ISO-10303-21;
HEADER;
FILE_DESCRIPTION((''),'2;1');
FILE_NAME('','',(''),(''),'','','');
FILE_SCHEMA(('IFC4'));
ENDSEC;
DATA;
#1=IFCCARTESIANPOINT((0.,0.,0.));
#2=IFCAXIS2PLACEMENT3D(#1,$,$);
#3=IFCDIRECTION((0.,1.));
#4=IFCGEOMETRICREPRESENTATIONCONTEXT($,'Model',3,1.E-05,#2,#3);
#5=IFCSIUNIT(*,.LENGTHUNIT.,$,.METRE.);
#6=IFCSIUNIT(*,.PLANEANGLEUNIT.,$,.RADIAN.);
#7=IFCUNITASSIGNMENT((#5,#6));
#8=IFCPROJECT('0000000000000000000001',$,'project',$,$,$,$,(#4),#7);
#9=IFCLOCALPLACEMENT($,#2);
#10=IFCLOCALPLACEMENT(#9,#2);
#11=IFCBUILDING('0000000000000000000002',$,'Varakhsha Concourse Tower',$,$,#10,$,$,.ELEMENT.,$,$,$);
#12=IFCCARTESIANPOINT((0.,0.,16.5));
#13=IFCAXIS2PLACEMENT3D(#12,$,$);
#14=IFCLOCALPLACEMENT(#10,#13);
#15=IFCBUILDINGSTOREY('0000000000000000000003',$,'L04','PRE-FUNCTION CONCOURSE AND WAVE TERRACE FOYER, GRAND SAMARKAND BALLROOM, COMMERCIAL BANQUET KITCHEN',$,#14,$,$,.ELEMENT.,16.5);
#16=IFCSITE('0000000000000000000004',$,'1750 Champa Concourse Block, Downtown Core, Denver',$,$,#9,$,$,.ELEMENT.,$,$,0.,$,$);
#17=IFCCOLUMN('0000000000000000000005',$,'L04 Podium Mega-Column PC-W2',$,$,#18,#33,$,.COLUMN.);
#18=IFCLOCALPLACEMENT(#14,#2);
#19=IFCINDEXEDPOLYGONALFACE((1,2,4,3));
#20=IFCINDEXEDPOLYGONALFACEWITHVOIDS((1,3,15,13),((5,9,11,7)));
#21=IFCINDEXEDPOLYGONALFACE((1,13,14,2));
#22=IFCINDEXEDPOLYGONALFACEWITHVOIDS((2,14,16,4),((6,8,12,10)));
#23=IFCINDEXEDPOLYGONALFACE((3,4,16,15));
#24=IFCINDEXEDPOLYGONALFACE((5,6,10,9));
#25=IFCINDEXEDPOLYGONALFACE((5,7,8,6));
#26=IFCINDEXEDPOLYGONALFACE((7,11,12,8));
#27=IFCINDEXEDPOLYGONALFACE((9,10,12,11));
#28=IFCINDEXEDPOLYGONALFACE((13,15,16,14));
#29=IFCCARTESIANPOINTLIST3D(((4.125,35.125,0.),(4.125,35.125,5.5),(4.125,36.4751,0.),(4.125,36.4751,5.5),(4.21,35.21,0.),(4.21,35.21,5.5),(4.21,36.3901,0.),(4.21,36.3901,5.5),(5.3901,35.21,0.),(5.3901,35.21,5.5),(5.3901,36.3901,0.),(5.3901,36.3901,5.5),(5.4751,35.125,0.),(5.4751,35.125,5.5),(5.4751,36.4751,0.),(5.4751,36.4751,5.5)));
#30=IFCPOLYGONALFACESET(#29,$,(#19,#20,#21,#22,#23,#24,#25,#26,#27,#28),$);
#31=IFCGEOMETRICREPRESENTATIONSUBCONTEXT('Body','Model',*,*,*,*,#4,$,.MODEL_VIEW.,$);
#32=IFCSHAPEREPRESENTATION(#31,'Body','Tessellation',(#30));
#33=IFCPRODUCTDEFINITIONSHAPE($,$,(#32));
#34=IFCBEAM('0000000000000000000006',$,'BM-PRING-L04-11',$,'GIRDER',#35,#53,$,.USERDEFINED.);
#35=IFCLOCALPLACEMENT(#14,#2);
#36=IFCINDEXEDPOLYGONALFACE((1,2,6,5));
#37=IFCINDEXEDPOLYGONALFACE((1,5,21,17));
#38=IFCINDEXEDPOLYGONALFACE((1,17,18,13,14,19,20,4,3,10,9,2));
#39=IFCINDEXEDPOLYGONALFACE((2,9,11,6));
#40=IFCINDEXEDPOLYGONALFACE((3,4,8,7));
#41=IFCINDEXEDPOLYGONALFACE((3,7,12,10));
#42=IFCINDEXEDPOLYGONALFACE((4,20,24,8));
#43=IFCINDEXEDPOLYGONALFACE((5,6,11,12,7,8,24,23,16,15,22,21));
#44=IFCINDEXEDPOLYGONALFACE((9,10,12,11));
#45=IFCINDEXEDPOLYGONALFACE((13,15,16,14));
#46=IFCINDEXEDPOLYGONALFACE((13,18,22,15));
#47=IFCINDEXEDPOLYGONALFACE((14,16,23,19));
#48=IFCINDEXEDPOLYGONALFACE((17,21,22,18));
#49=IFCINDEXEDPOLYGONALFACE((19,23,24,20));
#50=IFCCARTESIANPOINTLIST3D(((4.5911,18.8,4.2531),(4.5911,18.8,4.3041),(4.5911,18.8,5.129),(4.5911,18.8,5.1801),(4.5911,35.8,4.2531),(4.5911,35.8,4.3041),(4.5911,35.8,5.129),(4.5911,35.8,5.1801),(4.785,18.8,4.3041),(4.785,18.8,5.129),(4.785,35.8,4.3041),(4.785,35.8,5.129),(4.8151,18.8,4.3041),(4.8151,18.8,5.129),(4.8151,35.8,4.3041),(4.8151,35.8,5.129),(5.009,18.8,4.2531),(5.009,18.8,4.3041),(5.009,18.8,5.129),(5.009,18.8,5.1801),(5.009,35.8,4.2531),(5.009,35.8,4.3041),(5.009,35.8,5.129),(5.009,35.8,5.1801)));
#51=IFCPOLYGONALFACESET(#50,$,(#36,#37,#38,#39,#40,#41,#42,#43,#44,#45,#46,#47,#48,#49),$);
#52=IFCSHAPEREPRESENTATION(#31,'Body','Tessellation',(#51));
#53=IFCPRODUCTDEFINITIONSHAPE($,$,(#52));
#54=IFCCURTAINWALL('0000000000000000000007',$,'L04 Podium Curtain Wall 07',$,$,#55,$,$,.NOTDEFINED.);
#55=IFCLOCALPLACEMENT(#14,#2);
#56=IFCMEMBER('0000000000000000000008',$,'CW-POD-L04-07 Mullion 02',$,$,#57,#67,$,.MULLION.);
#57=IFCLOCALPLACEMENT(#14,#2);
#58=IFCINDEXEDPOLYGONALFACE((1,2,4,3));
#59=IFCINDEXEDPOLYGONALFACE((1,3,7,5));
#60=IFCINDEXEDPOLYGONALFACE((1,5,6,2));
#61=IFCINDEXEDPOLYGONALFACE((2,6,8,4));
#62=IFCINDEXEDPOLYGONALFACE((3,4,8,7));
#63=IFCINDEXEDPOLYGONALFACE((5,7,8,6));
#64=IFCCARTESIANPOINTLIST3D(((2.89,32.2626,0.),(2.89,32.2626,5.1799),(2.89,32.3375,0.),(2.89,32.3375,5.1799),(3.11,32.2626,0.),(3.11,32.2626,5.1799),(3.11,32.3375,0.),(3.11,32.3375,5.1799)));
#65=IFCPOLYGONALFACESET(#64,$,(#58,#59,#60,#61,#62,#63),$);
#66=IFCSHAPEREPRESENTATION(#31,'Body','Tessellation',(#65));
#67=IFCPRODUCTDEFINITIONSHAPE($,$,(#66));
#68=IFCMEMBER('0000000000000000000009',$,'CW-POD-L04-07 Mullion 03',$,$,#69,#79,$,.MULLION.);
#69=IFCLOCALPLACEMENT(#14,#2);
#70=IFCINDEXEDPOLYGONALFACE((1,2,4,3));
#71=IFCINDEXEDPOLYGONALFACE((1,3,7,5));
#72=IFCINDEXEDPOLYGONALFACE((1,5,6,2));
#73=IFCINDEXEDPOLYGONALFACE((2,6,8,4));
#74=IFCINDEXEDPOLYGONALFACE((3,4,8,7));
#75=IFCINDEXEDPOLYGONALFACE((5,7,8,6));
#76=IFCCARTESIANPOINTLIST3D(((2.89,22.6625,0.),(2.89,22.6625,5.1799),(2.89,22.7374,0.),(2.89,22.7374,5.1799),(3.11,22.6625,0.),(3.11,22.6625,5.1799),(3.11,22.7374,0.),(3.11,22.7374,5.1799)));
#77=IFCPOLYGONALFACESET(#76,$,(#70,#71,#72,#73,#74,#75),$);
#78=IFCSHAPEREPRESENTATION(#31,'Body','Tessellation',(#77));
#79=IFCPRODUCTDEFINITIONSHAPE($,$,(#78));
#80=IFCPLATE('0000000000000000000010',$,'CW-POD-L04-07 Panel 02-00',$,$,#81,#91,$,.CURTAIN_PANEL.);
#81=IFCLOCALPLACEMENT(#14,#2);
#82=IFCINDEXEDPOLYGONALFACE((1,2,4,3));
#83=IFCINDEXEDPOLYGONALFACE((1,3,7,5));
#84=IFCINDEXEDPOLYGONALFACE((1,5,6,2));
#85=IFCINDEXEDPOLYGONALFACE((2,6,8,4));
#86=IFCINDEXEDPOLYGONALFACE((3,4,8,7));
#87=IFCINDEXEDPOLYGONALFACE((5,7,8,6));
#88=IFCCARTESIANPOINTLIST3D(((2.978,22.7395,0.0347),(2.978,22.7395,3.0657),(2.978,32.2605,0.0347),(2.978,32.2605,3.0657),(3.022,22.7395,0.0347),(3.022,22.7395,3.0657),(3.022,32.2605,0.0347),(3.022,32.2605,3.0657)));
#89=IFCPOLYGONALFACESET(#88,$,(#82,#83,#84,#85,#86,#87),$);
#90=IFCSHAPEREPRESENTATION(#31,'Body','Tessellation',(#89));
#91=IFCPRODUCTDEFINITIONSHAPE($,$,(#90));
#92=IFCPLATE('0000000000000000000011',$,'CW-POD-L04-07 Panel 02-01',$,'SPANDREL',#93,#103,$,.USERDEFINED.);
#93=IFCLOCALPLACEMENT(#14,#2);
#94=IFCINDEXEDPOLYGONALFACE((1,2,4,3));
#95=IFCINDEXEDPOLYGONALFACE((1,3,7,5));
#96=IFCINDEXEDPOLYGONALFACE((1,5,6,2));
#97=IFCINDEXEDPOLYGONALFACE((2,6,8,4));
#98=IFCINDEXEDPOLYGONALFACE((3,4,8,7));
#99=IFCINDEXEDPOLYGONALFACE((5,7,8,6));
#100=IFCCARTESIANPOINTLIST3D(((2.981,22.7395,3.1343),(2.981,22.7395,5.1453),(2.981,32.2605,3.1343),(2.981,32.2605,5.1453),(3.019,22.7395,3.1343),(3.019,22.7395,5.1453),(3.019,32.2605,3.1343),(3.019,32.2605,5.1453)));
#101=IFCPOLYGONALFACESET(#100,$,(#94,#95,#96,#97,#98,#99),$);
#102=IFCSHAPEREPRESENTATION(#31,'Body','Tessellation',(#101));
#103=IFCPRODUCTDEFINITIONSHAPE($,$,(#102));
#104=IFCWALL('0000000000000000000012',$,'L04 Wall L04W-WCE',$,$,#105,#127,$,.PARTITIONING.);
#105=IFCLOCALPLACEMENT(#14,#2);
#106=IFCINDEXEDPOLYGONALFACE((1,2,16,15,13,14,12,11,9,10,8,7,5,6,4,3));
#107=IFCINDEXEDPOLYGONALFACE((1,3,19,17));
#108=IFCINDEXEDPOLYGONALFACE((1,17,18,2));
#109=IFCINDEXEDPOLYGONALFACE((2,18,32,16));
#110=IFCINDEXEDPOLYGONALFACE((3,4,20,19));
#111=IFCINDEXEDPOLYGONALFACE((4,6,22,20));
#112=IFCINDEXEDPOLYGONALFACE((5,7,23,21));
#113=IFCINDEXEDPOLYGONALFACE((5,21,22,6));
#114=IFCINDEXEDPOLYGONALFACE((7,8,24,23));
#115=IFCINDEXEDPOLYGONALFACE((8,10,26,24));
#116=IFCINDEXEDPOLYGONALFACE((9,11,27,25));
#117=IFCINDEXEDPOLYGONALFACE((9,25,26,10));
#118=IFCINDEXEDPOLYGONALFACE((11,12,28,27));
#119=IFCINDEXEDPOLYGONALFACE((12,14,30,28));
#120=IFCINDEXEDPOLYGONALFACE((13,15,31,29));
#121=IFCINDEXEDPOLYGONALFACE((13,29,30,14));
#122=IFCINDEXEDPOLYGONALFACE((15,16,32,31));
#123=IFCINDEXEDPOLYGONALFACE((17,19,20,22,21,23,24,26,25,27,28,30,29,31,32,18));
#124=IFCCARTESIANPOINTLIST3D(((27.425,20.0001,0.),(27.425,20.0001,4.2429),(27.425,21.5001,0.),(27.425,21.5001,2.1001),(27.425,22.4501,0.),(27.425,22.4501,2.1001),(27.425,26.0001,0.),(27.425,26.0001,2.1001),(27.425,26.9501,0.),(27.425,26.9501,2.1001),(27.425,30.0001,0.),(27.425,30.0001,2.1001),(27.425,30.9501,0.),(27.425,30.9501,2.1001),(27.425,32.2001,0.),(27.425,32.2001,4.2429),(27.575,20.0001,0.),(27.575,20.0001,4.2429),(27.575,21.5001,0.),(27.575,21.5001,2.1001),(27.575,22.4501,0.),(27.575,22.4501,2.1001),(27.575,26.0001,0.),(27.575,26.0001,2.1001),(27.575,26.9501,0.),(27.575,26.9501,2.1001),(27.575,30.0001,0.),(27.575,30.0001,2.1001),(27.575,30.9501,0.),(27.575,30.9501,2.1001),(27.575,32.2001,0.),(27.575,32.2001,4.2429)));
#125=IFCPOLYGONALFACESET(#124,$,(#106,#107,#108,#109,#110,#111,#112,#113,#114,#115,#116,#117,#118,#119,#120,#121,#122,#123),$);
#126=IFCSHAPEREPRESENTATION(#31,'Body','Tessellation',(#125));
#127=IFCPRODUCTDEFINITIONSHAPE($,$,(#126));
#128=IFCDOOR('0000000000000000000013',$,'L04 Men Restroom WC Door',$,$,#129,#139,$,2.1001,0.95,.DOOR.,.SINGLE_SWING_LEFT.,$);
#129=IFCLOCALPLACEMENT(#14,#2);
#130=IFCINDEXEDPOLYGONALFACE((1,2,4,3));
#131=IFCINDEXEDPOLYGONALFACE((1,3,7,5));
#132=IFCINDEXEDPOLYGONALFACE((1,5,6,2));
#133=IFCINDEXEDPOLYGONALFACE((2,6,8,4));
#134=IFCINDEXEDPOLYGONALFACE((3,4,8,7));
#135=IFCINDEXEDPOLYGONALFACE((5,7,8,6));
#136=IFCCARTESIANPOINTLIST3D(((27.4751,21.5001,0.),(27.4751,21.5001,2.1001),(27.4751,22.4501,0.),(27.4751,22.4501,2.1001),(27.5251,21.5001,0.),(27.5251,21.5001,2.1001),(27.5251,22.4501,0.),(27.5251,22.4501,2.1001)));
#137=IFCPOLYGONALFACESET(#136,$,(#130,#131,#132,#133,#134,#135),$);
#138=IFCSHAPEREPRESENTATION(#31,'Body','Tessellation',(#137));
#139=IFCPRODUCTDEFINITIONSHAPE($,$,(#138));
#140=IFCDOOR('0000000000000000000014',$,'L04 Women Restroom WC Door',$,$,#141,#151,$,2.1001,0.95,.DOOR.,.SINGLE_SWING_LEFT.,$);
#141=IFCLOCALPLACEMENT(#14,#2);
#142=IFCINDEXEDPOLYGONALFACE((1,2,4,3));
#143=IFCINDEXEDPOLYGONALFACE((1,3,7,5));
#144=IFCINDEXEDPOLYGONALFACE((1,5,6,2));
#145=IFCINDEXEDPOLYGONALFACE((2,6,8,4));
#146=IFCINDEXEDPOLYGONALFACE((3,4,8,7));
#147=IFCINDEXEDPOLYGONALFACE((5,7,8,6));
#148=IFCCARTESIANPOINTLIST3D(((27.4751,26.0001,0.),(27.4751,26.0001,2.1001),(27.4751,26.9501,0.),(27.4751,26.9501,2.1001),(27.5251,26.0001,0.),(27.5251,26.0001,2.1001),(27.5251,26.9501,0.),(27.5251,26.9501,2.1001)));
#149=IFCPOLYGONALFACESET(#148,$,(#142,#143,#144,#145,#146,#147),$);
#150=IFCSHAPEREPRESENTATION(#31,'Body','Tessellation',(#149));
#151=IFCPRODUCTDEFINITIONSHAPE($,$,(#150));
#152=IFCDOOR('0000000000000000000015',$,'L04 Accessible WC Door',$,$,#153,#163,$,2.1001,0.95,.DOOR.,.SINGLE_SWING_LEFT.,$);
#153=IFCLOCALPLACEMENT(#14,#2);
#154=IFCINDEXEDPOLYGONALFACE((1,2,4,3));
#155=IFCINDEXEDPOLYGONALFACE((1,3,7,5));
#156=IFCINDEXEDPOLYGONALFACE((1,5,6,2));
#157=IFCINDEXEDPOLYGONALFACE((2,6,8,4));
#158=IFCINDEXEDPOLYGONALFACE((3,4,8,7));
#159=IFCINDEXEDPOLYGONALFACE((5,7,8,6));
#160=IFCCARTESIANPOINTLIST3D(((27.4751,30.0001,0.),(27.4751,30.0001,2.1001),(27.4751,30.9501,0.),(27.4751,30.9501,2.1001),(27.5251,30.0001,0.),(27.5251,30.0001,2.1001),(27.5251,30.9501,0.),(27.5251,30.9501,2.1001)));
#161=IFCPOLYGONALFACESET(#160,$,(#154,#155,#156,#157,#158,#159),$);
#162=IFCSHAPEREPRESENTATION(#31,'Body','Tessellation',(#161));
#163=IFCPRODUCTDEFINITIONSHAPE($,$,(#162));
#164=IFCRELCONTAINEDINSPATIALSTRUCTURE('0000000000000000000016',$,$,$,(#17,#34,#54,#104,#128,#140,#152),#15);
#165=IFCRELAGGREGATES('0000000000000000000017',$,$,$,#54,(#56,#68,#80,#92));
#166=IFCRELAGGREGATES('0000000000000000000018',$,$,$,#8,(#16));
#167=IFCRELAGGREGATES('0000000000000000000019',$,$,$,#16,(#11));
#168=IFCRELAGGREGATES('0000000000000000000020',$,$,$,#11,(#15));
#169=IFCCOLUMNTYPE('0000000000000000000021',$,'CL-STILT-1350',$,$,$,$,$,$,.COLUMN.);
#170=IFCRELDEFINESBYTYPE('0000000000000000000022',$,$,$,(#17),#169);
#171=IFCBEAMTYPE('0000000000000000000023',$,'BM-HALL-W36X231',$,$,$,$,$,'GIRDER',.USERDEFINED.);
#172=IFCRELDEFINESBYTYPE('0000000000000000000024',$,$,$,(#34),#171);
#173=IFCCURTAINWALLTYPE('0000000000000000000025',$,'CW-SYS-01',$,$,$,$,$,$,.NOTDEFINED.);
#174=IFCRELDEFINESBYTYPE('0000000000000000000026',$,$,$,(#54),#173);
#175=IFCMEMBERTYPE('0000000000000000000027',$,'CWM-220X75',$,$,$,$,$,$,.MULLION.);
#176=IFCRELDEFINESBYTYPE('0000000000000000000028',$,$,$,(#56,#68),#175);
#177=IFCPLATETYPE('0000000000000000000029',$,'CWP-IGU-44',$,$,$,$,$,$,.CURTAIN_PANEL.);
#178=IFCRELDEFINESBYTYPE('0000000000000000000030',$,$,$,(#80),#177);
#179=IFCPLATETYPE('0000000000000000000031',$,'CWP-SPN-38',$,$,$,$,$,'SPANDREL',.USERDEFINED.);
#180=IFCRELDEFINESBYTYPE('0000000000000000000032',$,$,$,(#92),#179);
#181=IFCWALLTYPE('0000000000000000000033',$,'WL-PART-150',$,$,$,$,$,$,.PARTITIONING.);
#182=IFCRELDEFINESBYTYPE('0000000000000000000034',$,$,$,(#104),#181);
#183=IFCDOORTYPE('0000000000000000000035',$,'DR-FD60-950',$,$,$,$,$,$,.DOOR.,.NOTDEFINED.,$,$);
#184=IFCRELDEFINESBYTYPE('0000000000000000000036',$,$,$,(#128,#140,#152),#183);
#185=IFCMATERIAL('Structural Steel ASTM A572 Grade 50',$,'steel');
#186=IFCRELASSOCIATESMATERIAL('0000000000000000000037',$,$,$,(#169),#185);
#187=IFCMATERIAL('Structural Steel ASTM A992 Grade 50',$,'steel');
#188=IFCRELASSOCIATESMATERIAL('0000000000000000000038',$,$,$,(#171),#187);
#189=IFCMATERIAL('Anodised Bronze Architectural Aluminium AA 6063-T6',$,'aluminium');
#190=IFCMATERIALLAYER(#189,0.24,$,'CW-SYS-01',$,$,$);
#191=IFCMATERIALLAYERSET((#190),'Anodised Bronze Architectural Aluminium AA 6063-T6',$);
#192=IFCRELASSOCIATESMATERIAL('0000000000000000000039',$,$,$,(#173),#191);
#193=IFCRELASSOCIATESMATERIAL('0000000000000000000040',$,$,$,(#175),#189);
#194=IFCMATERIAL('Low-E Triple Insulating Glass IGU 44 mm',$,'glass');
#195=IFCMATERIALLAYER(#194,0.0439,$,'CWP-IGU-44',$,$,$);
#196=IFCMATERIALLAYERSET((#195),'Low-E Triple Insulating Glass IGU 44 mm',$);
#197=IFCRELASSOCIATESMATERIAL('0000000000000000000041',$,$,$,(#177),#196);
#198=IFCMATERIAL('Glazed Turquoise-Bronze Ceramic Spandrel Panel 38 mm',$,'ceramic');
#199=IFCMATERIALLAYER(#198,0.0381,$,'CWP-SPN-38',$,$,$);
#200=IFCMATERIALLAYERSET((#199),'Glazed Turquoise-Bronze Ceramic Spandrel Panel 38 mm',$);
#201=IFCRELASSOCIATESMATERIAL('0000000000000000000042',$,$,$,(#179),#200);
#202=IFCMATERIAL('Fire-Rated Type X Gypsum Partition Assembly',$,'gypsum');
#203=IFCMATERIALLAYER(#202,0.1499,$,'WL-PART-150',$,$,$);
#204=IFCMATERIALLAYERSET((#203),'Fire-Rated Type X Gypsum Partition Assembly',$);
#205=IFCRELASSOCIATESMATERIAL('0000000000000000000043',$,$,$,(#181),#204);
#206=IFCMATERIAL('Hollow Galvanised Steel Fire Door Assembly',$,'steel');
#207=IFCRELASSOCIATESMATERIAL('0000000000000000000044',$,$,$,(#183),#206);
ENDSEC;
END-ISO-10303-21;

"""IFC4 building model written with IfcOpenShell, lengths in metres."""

from ifc_helpers import new_model, si_unit, direction, frame, frame_2d, origin, origin_2d, place, context, subcontext, project, spatial, rectangle, hollow_rectangle, i_section, extrude, source, transform, mapped, material, layer, layer_set, material_profile, profile_set, type_object, type_shapes, element, fill, aggregate, save


model = new_model("IFC4")

# Units and contexts
model_context = context("Model", 3, precision=1e-05, world=origin(), true_north=direction((0.0, 1.0)))
body_context = subcontext(model_context, "Body", "Model", "MODEL_VIEW")
ifc_project = project(units=[si_unit("LENGTHUNIT", "METRE"), si_unit("PLANEANGLEUNIT", "RADIAN")], contexts=[model_context])

# Site, building, storey
site_placement = place(None, origin())
site = spatial("IfcSite", under=ifc_project, at=site_placement, Name="1750 Champa Concourse Block, Downtown Core, Denver", CompositionType="ELEMENT", RefElevation=0.0)
building_placement = place(site_placement, origin())
building = spatial("IfcBuilding", under=site, at=building_placement, Name="Varakhsha Concourse Tower", CompositionType="ELEMENT")
storey_placement = place(building_placement, frame((0.0, 0.0, 16.5)))
storey = spatial("IfcBuildingStorey", under=building, at=storey_placement, Name="L04", Description="PRE-FUNCTION CONCOURSE AND WAVE TERRACE FOYER, GRAND SAMARKAND BALLROOM, COMMERCIAL BANQUET KITCHEN", CompositionType="ELEMENT", Elevation=16.5)

# Column
ifc_material_1 = material(Name="Structural Steel ASTM A572 Grade 50", Category="steel")
ifc_material_profile_1 = material_profile(ifc_material_1, hollow_rectangle(XDim=1.3501, YDim=1.3501, WallThickness=0.085, at=origin_2d()), Name="BOX 1350x1350x85")
ifc_profile_set_1 = profile_set([ifc_material_profile_1], Name="Structural Steel ASTM A572 Grade 50")
column_type = type_object("IfcColumnType", Name="CL-STILT-1350", PredefinedType="COLUMN", material=ifc_profile_set_1)
column_placement = place(storey_placement, frame((4.8, 35.8, 0.0), z_axis=(0.0, 0.0, 1.0), x_axis=(1.0, 0.0, 0.0)))
element("IfcColumn", 1, at=column_placement, inside=storey, type_object=column_type, Name="L04 Podium Mega-Column PC-W2", PredefinedType="COLUMN", context=body_context, shape_type="SweptSolid", body=[
    extrude(hollow_rectangle(XDim=1.3501, YDim=1.3501, WallThickness=0.085, at=origin_2d()), origin(), (0.0, 0.0, 1.0), 5.5),
])

# Beam
ifc_material_2 = material(Name="Structural Steel ASTM A992 Grade 50", Category="steel")
ifc_material_profile_2 = material_profile(ifc_material_2, i_section(OverallWidth=0.418, OverallDepth=0.927, WebThickness=0.03, FlangeThickness=0.051, at=origin_2d()), Name="W36X231")
ifc_profile_set_2 = profile_set([ifc_material_profile_2], Name="Structural Steel ASTM A992 Grade 50")
beam_type = type_object("IfcBeamType", Name="BM-HALL-W36X231", ElementType="GIRDER", PredefinedType="USERDEFINED", material=ifc_profile_set_2)
beam_placement = place(storey_placement, frame((4.8, 35.8, 4.7166), z_axis=(0.0, -1.0, 0.0), x_axis=(1.0, 0.0, 0.0)))
element("IfcBeam", 2, at=beam_placement, inside=storey, type_object=beam_type, Name="BM-PRING-L04-11", ObjectType="GIRDER", PredefinedType="USERDEFINED", context=body_context, shape_type="SweptSolid", body=[
    extrude(i_section(OverallWidth=0.418, OverallDepth=0.927, WebThickness=0.03, FlangeThickness=0.051, at=origin_2d()), origin(), (0.0, 0.0, 1.0), 17.0),
])

# Curtain wall, members, plates
ifc_material_3 = material(Name="Anodised Bronze Architectural Aluminium AA 6063-T6", Category="aluminium")
ifc_layer_1 = layer(ifc_material_3, 0.24, Name="CW-SYS-01")
ifc_layer_set_1 = layer_set([ifc_layer_1], Name="Anodised Bronze Architectural Aluminium AA 6063-T6")
curtain_wall_type = type_object("IfcCurtainWallType", Name="CW-SYS-01", PredefinedType="NOTDEFINED", material=ifc_layer_set_1)
curtain_wall_placement = place(storey_placement, origin())
curtain_wall = element("IfcCurtainWall", 3, at=curtain_wall_placement, inside=storey, type_object=curtain_wall_type, Name="L04 Podium Curtain Wall 07", PredefinedType="NOTDEFINED")
ifc_material_profile_3 = material_profile(ifc_material_3, rectangle(XDim=0.075, YDim=0.22, at=origin_2d()), Name="CWM-220X75")
ifc_profile_set_3 = profile_set([ifc_material_profile_3], Name="Anodised Bronze Architectural Aluminium AA 6063-T6")
member_type = type_object("IfcMemberType", Name="CWM-220X75", PredefinedType="MULLION", material=ifc_profile_set_3)
shared_shape_1 = source(origin(), body_context, "Body", "SweptSolid", [
    extrude(rectangle(XDim=0.075, YDim=0.22, at=origin_2d()), origin(), (0.0, 0.0, 1.0), 5.1799),
])
type_shapes(member_type, [shared_shape_1])
member_1_placement = place(storey_placement, frame((3.0, 32.3, 0.0), z_axis=(0.0, 0.0, 1.0), x_axis=(0.0, -1.0, 0.0)))
member_1 = element("IfcMember", 4, at=member_1_placement, type_object=member_type, Name="CW-POD-L04-07 Mullion 02", PredefinedType="MULLION", context=body_context, shape_type="MappedRepresentation", body=[
    mapped(shared_shape_1, transform((0.0, 0.0, 0.0), scale=1.0)),
])
member_2_placement = place(storey_placement, frame((3.0, 22.7, 0.0), z_axis=(0.0, 0.0, 1.0), x_axis=(0.0, -1.0, 0.0)))
member_2 = element("IfcMember", 5, at=member_2_placement, type_object=member_type, Name="CW-POD-L04-07 Mullion 03", PredefinedType="MULLION", context=body_context, shape_type="MappedRepresentation", body=[
    mapped(shared_shape_1, transform((0.0, 0.0, 0.0), scale=1.0)),
])
ifc_material_4 = material(Name="Low-E Triple Insulating Glass IGU 44 mm", Category="glass")
ifc_layer_2 = layer(ifc_material_4, 0.0439, Name="CWP-IGU-44")
ifc_layer_set_2 = layer_set([ifc_layer_2], Name="Low-E Triple Insulating Glass IGU 44 mm")
plate_type_1 = type_object("IfcPlateType", Name="CWP-IGU-44", PredefinedType="CURTAIN_PANEL", material=ifc_layer_set_2)
shared_shape_2 = source(origin(), body_context, "Body", "SweptSolid", [
    extrude(rectangle(XDim=9.521, YDim=0.0439, at=origin_2d()), origin(), (0.0, 0.0, 1.0), 3.031),
])
type_shapes(plate_type_1, [shared_shape_2])
plate_1_placement = place(storey_placement, frame((3.0, 27.5, 0.0347), z_axis=(0.0, 0.0, 1.0), x_axis=(0.0, -1.0, 0.0)))
plate_1 = element("IfcPlate", 6, at=plate_1_placement, type_object=plate_type_1, Name="CW-POD-L04-07 Panel 02-00", PredefinedType="CURTAIN_PANEL", context=body_context, shape_type="MappedRepresentation", body=[
    mapped(shared_shape_2, transform((0.0, 0.0, 0.0), scale=1.0)),
])
ifc_material_5 = material(Name="Glazed Turquoise-Bronze Ceramic Spandrel Panel 38 mm", Category="ceramic")
ifc_layer_3 = layer(ifc_material_5, 0.0381, Name="CWP-SPN-38")
ifc_layer_set_3 = layer_set([ifc_layer_3], Name="Glazed Turquoise-Bronze Ceramic Spandrel Panel 38 mm")
plate_type_2 = type_object("IfcPlateType", Name="CWP-SPN-38", ElementType="SPANDREL", PredefinedType="USERDEFINED", material=ifc_layer_set_3)
shared_shape_3 = source(origin(), body_context, "Body", "SweptSolid", [
    extrude(rectangle(XDim=9.521, YDim=0.0381, at=origin_2d()), origin(), (0.0, 0.0, 1.0), 2.011),
])
type_shapes(plate_type_2, [shared_shape_3])
plate_2_placement = place(storey_placement, frame((3.0, 27.5, 3.1343), z_axis=(0.0, 0.0, 1.0), x_axis=(0.0, -1.0, 0.0)))
plate_2 = element("IfcPlate", 7, at=plate_2_placement, type_object=plate_type_2, Name="CW-POD-L04-07 Panel 02-01", ObjectType="SPANDREL", PredefinedType="USERDEFINED", context=body_context, shape_type="MappedRepresentation", body=[
    mapped(shared_shape_3, transform((0.0, 0.0, 0.0), scale=1.0)),
])
aggregate(curtain_wall, [member_1, member_2, plate_1, plate_2])

# Wall, openings, doors
ifc_material_6 = material(Name="Fire-Rated Type X Gypsum Partition Assembly", Category="gypsum")
ifc_layer_4 = layer(ifc_material_6, 0.1499, Name="WL-PART-150")
ifc_layer_set_4 = layer_set([ifc_layer_4], Name="Fire-Rated Type X Gypsum Partition Assembly")
wall_type_1 = type_object("IfcWallType", Name="WL-PART-150", PredefinedType="PARTITIONING", material=ifc_layer_set_4)
wall_1_placement = place(storey_placement, frame((27.5, 20.0, 0.0), z_axis=(0.0, 0.0, 1.0), x_axis=(0.0, 1.0, 0.0)))
wall_1 = element("IfcWall", 8, at=wall_1_placement, inside=storey, type_object=wall_type_1, Name="L04 Wall L04W-WCE", PredefinedType="PARTITIONING", context=body_context, shape_type="SweptSolid", body=[
    extrude(rectangle(XDim=12.2, YDim=0.1499, at=frame_2d((6.1001, 0.0))), origin(), (0.0, 0.0, 1.0), 4.2429),
])
opening_1_placement = place(wall_1_placement, frame((1.5, 0.0, 0.0)))
opening_1 = element("IfcOpeningElement", 9, at=opening_1_placement, cuts=wall_1, PredefinedType="OPENING", context=body_context, shape_type="SweptSolid", body=[
    extrude(rectangle(XDim=0.95, YDim=2.1001, at=frame_2d((0.4751, 1.05))), frame((0.0, 0.085, 0.0), z_axis=(0.0, -1.0, 0.0), x_axis=(1.0, 0.0, 0.0)), (0.0, 0.0, 1.0), 0.1699),
])
opening_2_placement = place(wall_1_placement, frame((6.0, 0.0, 0.0)))
opening_2 = element("IfcOpeningElement", 10, at=opening_2_placement, cuts=wall_1, PredefinedType="OPENING", context=body_context, shape_type="SweptSolid", body=[
    extrude(rectangle(XDim=0.95, YDim=2.1001, at=frame_2d((0.4751, 1.05))), frame((0.0, 0.085, 0.0), z_axis=(0.0, -1.0, 0.0), x_axis=(1.0, 0.0, 0.0)), (0.0, 0.0, 1.0), 0.1699),
])
opening_3_placement = place(wall_1_placement, frame((10.0, 0.0, 0.0)))
opening_3 = element("IfcOpeningElement", 11, at=opening_3_placement, cuts=wall_1, PredefinedType="OPENING", context=body_context, shape_type="SweptSolid", body=[
    extrude(rectangle(XDim=0.95, YDim=2.1001, at=frame_2d((0.4751, 1.05))), frame((0.0, 0.085, 0.0), z_axis=(0.0, -1.0, 0.0), x_axis=(1.0, 0.0, 0.0)), (0.0, 0.0, 1.0), 0.1699),
])
ifc_material_7 = material(Name="Hollow Galvanised Steel Fire Door Assembly", Category="steel")
door_type_1 = type_object("IfcDoorType", Name="DR-FD60-950", OperationType="NOTDEFINED", PredefinedType="DOOR", material=ifc_material_7)
door_1_placement = place(opening_1_placement, origin())
door_1 = element("IfcDoor", 12, at=door_1_placement, inside=storey, type_object=door_type_1, Name="L04 Men Restroom WC Door", OperationType="SINGLE_SWING_LEFT", OverallHeight=2.1001, OverallWidth=0.95, PredefinedType="DOOR", context=body_context, shape_type="SweptSolid", body=[
    extrude(rectangle(XDim=0.95, YDim=2.1001, at=frame_2d((0.4751, 1.05))), frame((0.0, 0.0249, 0.0), z_axis=(0.0, -1.0, 0.0), x_axis=(1.0, 0.0, 0.0)), (0.0, 0.0, 1.0), 0.05),
])
fill(opening_1, door_1)
door_2_placement = place(opening_2_placement, origin())
door_2 = element("IfcDoor", 13, at=door_2_placement, inside=storey, type_object=door_type_1, Name="L04 Women Restroom WC Door", OperationType="SINGLE_SWING_LEFT", OverallHeight=2.1001, OverallWidth=0.95, PredefinedType="DOOR", context=body_context, shape_type="SweptSolid", body=[
    extrude(rectangle(XDim=0.95, YDim=2.1001, at=frame_2d((0.4751, 1.05))), frame((0.0, 0.0249, 0.0), z_axis=(0.0, -1.0, 0.0), x_axis=(1.0, 0.0, 0.0)), (0.0, 0.0, 1.0), 0.05),
])
fill(opening_2, door_2)
door_3_placement = place(opening_3_placement, origin())
door_3 = element("IfcDoor", 14, at=door_3_placement, inside=storey, type_object=door_type_1, Name="L04 Accessible WC Door", OperationType="SINGLE_SWING_LEFT", OverallHeight=2.1001, OverallWidth=0.95, PredefinedType="DOOR", context=body_context, shape_type="SweptSolid", body=[
    extrude(rectangle(XDim=0.95, YDim=2.1001, at=frame_2d((0.4751, 1.05))), frame((0.0, 0.0249, 0.0), z_axis=(0.0, -1.0, 0.0), x_axis=(1.0, 0.0, 0.0)), (0.0, 0.0, 1.0), 0.05),
])
fill(opening_3, door_3)

save(model, "model.ifc")
